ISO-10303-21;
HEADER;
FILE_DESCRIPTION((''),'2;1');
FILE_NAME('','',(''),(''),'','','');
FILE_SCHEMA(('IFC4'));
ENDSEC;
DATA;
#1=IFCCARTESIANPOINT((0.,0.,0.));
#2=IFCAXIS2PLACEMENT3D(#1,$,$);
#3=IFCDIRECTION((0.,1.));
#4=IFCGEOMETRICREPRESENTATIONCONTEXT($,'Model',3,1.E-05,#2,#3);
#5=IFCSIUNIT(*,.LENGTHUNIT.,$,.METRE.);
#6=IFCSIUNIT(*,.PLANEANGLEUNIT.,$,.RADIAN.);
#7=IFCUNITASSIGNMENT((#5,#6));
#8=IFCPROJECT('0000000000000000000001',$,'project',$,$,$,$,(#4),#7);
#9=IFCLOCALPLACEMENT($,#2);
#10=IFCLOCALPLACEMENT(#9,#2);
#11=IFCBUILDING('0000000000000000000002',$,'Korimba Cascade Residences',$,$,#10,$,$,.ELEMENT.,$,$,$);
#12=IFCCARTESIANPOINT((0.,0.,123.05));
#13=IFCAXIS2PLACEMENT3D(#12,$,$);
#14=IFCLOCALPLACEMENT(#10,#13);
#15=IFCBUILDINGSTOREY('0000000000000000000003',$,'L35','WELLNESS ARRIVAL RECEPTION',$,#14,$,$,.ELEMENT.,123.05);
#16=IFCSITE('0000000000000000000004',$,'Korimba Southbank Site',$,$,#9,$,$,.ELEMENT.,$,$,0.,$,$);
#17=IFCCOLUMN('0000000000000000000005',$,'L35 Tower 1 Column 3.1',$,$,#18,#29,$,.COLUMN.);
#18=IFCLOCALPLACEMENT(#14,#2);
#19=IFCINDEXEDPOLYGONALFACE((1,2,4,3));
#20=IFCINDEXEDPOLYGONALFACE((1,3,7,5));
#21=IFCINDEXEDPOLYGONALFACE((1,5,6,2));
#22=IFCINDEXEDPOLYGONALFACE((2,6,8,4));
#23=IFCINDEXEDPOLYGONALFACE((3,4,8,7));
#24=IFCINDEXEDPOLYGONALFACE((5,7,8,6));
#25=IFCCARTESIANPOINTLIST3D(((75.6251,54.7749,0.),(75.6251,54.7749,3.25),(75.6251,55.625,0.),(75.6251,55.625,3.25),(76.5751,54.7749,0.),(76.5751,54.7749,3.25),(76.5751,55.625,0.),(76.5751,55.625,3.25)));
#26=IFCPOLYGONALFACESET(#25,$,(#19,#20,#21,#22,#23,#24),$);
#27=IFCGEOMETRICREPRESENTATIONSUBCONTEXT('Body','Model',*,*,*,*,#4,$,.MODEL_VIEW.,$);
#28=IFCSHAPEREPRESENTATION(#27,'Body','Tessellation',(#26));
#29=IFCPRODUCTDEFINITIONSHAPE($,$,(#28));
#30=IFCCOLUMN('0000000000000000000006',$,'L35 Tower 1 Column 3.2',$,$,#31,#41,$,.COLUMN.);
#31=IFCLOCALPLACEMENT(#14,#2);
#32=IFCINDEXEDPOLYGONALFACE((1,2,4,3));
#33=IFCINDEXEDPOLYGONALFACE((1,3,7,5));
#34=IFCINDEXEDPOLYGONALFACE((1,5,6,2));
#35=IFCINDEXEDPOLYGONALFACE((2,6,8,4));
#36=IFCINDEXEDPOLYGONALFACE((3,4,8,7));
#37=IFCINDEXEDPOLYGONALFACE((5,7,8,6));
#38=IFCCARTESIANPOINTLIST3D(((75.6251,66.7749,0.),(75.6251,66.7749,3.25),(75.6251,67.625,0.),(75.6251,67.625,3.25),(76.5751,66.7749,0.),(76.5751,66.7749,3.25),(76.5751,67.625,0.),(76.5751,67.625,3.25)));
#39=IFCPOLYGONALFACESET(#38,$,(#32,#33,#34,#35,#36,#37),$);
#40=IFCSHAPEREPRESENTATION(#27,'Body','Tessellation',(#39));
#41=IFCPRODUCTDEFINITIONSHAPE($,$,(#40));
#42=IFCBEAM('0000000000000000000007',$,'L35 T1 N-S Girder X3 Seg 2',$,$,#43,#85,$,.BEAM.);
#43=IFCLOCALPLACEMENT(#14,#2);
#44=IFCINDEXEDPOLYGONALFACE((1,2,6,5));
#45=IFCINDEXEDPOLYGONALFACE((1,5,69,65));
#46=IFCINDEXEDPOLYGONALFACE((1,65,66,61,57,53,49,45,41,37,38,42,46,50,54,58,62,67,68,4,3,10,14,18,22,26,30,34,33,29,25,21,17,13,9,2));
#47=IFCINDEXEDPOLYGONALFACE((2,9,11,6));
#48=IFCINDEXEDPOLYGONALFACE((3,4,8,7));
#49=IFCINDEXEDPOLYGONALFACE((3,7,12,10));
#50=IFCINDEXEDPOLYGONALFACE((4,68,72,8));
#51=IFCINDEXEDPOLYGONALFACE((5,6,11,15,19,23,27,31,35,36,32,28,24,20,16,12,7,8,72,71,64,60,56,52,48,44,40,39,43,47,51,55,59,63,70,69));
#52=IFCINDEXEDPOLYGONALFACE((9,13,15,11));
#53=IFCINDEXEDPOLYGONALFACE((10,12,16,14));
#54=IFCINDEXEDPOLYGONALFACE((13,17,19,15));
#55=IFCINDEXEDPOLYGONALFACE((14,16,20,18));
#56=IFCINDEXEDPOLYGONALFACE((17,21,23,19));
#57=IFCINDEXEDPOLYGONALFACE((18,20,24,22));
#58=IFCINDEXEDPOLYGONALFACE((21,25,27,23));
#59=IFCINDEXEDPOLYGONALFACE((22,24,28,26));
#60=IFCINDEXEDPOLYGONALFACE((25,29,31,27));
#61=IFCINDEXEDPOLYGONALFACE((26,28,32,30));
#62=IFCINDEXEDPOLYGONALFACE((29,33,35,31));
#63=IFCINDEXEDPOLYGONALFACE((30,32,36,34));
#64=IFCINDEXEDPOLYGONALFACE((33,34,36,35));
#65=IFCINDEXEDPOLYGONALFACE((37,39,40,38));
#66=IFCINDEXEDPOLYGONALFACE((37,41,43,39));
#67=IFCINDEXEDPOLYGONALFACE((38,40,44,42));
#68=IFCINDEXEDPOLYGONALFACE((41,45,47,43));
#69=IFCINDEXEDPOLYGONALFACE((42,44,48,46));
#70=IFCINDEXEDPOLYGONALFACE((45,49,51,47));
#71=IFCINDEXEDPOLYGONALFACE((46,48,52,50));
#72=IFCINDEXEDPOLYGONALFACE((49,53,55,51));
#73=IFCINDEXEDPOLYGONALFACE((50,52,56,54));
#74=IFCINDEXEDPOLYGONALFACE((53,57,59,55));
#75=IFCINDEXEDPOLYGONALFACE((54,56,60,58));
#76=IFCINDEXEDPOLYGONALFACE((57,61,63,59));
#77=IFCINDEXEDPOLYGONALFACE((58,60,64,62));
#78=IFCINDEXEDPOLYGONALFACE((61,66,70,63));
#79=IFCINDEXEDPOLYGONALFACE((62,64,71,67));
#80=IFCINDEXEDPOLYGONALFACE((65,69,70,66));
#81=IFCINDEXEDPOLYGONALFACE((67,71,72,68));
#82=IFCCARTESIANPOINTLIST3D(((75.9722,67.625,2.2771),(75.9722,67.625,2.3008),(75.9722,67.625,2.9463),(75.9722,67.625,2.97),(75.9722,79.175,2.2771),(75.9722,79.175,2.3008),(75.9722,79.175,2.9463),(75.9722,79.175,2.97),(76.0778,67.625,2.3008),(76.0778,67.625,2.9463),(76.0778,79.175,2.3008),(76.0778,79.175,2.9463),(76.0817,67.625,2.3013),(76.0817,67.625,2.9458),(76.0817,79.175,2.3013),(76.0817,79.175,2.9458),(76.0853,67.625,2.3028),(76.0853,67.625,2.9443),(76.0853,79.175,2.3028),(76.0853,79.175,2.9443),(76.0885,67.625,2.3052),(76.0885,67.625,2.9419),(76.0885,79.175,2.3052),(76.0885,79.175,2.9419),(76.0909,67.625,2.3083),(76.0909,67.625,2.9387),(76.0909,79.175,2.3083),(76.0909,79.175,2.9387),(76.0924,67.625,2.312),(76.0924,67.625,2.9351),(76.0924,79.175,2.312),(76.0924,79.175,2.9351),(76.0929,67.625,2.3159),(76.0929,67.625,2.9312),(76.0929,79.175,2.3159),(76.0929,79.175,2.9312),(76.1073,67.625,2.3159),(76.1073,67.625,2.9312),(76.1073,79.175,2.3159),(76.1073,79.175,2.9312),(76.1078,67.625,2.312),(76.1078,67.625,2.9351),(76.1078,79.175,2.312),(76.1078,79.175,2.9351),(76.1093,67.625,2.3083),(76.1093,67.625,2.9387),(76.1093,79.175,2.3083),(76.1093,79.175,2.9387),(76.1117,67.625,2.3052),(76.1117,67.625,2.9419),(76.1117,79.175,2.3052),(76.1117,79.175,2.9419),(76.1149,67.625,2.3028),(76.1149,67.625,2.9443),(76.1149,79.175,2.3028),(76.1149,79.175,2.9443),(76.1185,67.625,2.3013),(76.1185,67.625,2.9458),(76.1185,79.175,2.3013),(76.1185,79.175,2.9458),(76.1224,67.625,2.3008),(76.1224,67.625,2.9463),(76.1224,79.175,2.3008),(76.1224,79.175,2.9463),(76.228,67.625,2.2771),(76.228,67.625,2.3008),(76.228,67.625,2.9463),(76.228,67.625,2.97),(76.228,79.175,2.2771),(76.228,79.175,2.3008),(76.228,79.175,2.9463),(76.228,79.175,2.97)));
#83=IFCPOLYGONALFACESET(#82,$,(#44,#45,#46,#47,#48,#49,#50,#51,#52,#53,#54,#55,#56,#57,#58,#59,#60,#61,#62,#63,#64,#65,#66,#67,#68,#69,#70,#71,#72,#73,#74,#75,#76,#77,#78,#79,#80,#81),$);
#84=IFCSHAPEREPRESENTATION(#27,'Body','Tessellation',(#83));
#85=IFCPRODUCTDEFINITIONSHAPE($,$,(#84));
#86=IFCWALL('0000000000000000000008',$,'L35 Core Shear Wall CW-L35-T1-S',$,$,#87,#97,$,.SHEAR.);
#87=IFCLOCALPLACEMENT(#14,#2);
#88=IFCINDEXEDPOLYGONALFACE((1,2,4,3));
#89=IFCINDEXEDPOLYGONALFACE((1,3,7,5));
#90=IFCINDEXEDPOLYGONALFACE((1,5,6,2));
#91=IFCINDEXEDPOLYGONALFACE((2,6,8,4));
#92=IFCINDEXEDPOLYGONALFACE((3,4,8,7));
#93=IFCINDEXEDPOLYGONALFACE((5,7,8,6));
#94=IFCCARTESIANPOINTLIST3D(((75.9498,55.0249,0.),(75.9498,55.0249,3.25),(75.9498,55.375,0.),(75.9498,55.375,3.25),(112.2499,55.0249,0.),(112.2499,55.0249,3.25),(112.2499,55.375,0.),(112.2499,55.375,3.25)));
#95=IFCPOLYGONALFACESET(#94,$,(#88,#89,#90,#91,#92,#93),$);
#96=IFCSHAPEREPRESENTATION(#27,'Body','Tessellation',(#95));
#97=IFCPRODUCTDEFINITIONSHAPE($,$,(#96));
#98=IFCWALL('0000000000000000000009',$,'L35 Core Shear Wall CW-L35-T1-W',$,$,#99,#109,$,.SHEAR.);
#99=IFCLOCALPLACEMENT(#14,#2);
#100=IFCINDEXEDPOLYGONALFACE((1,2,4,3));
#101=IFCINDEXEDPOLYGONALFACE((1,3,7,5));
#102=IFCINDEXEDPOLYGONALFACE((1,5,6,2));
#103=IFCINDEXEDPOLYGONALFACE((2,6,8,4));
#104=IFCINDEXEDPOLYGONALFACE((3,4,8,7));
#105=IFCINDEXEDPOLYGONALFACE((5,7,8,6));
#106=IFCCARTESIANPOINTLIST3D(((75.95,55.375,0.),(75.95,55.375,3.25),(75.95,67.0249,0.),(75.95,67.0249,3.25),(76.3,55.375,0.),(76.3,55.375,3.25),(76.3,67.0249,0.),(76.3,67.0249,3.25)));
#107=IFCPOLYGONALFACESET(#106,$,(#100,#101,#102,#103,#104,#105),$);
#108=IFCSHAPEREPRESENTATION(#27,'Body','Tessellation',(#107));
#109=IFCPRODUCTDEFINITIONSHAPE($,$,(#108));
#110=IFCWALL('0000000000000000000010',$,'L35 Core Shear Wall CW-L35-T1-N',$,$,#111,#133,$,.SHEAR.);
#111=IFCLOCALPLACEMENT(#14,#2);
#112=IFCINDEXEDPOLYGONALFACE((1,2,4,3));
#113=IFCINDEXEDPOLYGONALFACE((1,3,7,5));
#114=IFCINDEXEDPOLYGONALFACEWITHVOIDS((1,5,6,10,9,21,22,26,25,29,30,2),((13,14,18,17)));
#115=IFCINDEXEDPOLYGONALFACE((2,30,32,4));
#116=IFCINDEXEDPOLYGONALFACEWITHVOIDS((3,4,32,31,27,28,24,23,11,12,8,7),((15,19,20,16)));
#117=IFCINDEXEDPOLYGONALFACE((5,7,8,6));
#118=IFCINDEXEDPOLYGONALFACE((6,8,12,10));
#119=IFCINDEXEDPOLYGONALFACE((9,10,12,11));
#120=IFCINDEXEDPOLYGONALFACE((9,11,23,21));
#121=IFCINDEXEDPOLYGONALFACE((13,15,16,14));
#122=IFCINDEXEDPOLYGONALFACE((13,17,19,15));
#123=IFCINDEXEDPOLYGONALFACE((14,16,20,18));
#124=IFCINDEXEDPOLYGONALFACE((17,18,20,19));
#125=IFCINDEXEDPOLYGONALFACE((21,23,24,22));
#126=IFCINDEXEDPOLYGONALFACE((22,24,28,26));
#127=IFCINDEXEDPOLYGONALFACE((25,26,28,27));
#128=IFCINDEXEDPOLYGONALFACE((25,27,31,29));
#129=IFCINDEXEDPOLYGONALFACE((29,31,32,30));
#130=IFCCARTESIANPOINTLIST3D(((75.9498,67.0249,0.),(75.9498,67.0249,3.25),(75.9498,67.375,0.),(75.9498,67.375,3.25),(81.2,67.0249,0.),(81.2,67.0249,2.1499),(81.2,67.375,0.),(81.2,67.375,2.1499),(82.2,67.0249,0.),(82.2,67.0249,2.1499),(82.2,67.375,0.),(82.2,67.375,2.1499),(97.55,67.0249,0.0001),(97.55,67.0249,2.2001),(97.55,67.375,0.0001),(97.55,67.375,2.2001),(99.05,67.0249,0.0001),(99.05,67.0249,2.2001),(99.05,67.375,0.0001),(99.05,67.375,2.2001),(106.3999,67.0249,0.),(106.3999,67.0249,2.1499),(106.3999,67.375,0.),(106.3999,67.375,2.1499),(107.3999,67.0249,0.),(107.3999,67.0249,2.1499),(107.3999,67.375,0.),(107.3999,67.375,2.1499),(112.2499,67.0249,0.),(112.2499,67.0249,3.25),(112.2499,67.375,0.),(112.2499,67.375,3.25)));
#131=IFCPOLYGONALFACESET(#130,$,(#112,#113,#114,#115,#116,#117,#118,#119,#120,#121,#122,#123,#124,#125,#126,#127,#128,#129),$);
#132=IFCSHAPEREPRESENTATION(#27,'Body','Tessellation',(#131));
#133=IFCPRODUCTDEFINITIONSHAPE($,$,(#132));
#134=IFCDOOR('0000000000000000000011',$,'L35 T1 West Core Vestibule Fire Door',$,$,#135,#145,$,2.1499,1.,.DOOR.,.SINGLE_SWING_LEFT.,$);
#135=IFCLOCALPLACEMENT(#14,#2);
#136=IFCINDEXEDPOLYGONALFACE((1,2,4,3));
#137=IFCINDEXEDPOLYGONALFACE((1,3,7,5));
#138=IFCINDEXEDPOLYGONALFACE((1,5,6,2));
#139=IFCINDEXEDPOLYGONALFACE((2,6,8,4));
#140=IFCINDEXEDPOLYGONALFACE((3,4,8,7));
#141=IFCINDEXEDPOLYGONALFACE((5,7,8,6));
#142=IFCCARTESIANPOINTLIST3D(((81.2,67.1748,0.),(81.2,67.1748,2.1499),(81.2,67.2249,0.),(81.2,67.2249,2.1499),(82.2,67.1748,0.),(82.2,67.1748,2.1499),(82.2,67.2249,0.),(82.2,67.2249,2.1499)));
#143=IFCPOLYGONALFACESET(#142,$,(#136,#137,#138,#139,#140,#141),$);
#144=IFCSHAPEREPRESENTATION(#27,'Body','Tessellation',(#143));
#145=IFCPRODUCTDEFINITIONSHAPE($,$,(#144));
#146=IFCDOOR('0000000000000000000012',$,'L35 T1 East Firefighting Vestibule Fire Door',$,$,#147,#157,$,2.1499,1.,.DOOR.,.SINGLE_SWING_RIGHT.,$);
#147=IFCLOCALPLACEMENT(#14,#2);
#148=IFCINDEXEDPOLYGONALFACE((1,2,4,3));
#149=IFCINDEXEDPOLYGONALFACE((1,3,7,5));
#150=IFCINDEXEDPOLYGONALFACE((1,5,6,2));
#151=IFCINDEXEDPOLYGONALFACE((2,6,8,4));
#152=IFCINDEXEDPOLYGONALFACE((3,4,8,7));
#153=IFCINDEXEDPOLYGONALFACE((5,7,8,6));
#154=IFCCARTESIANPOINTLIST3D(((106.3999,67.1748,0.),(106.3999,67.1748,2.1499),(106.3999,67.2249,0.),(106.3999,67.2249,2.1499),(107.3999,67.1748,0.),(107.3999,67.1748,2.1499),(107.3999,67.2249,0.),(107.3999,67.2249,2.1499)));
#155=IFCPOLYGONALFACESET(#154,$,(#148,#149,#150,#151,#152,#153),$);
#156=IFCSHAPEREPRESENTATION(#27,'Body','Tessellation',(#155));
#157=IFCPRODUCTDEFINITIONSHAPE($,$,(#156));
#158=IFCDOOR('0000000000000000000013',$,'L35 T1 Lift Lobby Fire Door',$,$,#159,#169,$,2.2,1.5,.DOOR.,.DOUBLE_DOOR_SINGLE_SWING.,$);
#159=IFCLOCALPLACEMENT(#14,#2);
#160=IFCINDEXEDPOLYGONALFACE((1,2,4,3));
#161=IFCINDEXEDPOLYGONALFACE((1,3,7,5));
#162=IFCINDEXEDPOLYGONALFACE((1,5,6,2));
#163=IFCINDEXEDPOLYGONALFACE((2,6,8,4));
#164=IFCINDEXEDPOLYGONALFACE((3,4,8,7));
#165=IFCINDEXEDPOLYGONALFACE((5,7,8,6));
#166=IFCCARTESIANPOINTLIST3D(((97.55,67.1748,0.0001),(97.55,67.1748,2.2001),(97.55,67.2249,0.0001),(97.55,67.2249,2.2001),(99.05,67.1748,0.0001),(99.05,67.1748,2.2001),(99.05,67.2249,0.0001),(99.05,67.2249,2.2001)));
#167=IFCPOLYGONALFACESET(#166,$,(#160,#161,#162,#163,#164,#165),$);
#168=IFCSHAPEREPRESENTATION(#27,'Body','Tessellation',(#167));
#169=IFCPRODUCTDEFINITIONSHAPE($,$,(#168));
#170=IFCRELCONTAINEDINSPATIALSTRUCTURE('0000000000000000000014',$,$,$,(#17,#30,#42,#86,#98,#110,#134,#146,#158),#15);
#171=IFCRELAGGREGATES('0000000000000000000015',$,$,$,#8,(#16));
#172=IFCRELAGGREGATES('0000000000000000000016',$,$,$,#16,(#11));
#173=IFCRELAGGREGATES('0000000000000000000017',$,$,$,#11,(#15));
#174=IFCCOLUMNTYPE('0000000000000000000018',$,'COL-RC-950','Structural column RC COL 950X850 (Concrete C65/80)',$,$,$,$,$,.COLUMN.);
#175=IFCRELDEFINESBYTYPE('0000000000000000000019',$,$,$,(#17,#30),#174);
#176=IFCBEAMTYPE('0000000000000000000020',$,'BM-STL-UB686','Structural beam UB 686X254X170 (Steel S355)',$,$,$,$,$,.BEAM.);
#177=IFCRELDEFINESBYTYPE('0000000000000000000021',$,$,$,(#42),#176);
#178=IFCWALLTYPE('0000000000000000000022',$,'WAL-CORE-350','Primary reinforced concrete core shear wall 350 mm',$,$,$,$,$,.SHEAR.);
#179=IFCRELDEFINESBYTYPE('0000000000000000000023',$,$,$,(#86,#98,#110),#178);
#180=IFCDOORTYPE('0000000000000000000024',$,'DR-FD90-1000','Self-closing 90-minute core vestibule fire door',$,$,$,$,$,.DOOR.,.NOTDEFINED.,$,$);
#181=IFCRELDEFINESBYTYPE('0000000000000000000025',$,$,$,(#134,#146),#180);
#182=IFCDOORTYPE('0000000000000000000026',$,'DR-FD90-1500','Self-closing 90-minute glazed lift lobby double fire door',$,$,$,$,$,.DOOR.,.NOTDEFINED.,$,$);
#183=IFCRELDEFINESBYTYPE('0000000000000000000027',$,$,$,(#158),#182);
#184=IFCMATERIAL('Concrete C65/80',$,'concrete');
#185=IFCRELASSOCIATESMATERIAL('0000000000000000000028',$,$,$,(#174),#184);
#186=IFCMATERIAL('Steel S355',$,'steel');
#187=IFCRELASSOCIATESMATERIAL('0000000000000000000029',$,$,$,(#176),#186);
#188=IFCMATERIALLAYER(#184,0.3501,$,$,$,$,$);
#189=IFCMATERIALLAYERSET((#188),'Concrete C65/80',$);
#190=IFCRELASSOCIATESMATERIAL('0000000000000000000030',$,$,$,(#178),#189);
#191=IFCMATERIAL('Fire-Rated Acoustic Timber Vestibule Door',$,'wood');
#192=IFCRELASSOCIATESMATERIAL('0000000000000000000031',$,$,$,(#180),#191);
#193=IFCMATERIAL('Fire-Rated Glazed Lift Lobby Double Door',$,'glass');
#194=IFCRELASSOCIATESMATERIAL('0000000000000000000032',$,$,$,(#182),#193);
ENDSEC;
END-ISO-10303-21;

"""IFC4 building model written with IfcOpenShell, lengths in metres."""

from ifc_helpers import new_model, si_unit, direction, frame, frame_2d, origin, origin_2d, place, context, subcontext, project, spatial, rectangle, i_section, extrude, material, layer, layer_set, material_profile, profile_set, type_object, element, fill, save


model = new_model("IFC4")

# Units and contexts
model_context = context("Model", 3, precision=1e-05, world=origin(), true_north=direction((0.0, 1.0)))
body_context = subcontext(model_context, "Body", "Model", "MODEL_VIEW")
ifc_project = project(units=[si_unit("LENGTHUNIT", "METRE"), si_unit("PLANEANGLEUNIT", "RADIAN")], contexts=[model_context])

# Site, building, storey
site_placement = place(None, origin())
site = spatial("IfcSite", under=ifc_project, at=site_placement, Name="Korimba Southbank Site", CompositionType="ELEMENT", RefElevation=0.0)
building_placement = place(site_placement, origin())
building = spatial("IfcBuilding", under=site, at=building_placement, Name="Korimba Cascade Residences", CompositionType="ELEMENT")
storey_placement = place(building_placement, frame((0.0, 0.0, 123.05)))
storey = spatial("IfcBuildingStorey", under=building, at=storey_placement, Name="L35", Description="WELLNESS ARRIVAL RECEPTION", CompositionType="ELEMENT", Elevation=123.05)

# Columns
ifc_material_1 = material(Name="Concrete C65/80", Category="concrete")
ifc_material_profile_1 = material_profile(ifc_material_1, rectangle(XDim=0.95, YDim=0.8501, at=origin_2d()), Name="Concrete C65/80")
ifc_profile_set_1 = profile_set([ifc_material_profile_1], Name="Concrete C65/80")
column_type = type_object("IfcColumnType", Name="COL-RC-950", Description="Structural column RC COL 950X850 (Concrete C65/80)", PredefinedType="COLUMN", material=ifc_profile_set_1)
for number, where, z_axis, x_axis, name in (
    (1, (76.1001, 55.2, 0.0), (0.0, 0.0, 1.0), (1.0, 0.0, 0.0), "L35 Tower 1 Column 3.1"),
    (2, (76.1001, 67.2, 0.0), (0.0, 0.0, 1.0), (1.0, 0.0, 0.0), "L35 Tower 1 Column 3.2"),
):
    element("IfcColumn", number, at=place(storey_placement, frame(where, z_axis=z_axis, x_axis=x_axis)), inside=storey, type_object=column_type, Name=name, PredefinedType="COLUMN", context=body_context, shape_type="SweptSolid", body=[
        extrude(rectangle(XDim=0.95, YDim=0.8501, at=origin_2d()), origin(), (0.0, 0.0, 1.0), 3.25),
    ])

# Beam
ifc_material_2 = material(Name="Steel S355", Category="steel")
ifc_material_profile_2 = material_profile(ifc_material_2, i_section(OverallWidth=0.2559, OverallDepth=0.6929, WebThickness=0.0144, FlangeThickness=0.0237, FilletRadius=0.0151, at=origin_2d()), Name="Steel S355")
ifc_profile_set_2 = profile_set([ifc_material_profile_2], Name="Steel S355")
beam_type = type_object("IfcBeamType", Name="BM-STL-UB686", Description="Structural beam UB 686X254X170 (Steel S355)", PredefinedType="BEAM", material=ifc_profile_set_2)
beam_placement = place(storey_placement, frame((76.1001, 67.625, 2.6235), z_axis=(0.0, 1.0, 0.0), x_axis=(-1.0, 0.0, 0.0)))
element("IfcBeam", 3, at=beam_placement, inside=storey, type_object=beam_type, Name="L35 T1 N-S Girder X3 Seg 2", PredefinedType="BEAM", context=body_context, shape_type="SweptSolid", body=[
    extrude(i_section(OverallWidth=0.2559, OverallDepth=0.6929, WebThickness=0.0144, FlangeThickness=0.0237, FilletRadius=0.0151, at=origin_2d()), origin(), (0.0, 0.0, 1.0), 11.55),
])

# Walls
ifc_layer_1 = layer(ifc_material_1, 0.3501)
ifc_layer_set_1 = layer_set([ifc_layer_1], Name="Concrete C65/80")
wall_type_1 = type_object("IfcWallType", Name="WAL-CORE-350", Description="Primary reinforced concrete core shear wall 350 mm", PredefinedType="SHEAR", material=ifc_layer_set_1)
wall_1_placement = place(storey_placement, frame((75.95, 55.2, 0.0), z_axis=(0.0, 0.0, 1.0), x_axis=(1.0, 0.0, 0.0)))
element("IfcWall", 4, at=wall_1_placement, inside=storey, type_object=wall_type_1, Name="L35 Core Shear Wall CW-L35-T1-S", PredefinedType="SHEAR", context=body_context, shape_type="SweptSolid", body=[
    extrude(rectangle(XDim=36.3, YDim=0.3501, at=frame_2d((18.1499, 0.0))), origin(), (0.0, 0.0, 1.0), 3.25),
])
wall_2_placement = place(storey_placement, frame((76.125, 55.375, 0.0), z_axis=(0.0, 0.0, 1.0), x_axis=(0.0, 1.0, 0.0)))
element("IfcWall", 5, at=wall_2_placement, inside=storey, type_object=wall_type_1, Name="L35 Core Shear Wall CW-L35-T1-W", PredefinedType="SHEAR", context=body_context, shape_type="SweptSolid", body=[
    extrude(rectangle(XDim=11.6499, YDim=0.3501, at=frame_2d((5.825, 0.0))), origin(), (0.0, 0.0, 1.0), 3.25),
])

# Wall, openings, doors
wall_3_placement = place(storey_placement, frame((75.95, 67.2, 0.0), z_axis=(0.0, 0.0, 1.0), x_axis=(1.0, 0.0, 0.0)))
wall_3 = element("IfcWall", 6, at=wall_3_placement, inside=storey, type_object=wall_type_1, Name="L35 Core Shear Wall CW-L35-T1-N", PredefinedType="SHEAR", context=body_context, shape_type="SweptSolid", body=[
    extrude(rectangle(XDim=36.3, YDim=0.3501, at=frame_2d((18.1499, 0.0))), origin(), (0.0, 0.0, 1.0), 3.25),
])
opening_1_placement = place(wall_3_placement, frame((5.25, 0.0, 0.0)))
opening_1 = element("IfcOpeningElement", 7, at=opening_1_placement, cuts=wall_3, PredefinedType="OPENING", context=body_context, shape_type="SweptSolid", body=[
    extrude(rectangle(XDim=1.0, YDim=2.1499, at=frame_2d((0.5, 1.075))), frame((0.0, 0.1851, 0.0), z_axis=(0.0, -1.0, 0.0), x_axis=(1.0, 0.0, 0.0)), (0.0, 0.0, 1.0), 0.3701),
])
opening_2_placement = place(wall_3_placement, frame((21.6001, 0.0, 0.0)))
opening_2 = element("IfcOpeningElement", 8, at=opening_2_placement, cuts=wall_3, PredefinedType="OPENING", context=body_context, shape_type="SweptSolid", body=[
    extrude(rectangle(XDim=1.5, YDim=2.2, at=frame_2d((0.75, 1.1001))), frame((0.0, 0.1851, 0.0), z_axis=(0.0, -1.0, 0.0), x_axis=(1.0, 0.0, 0.0)), (0.0, 0.0, 1.0), 0.3701),
])
opening_3_placement = place(wall_3_placement, frame((30.45, 0.0, 0.0)))
opening_3 = element("IfcOpeningElement", 9, at=opening_3_placement, cuts=wall_3, PredefinedType="OPENING", context=body_context, shape_type="SweptSolid", body=[
    extrude(rectangle(XDim=1.0, YDim=2.1499, at=frame_2d((0.5, 1.075))), frame((0.0, 0.1851, 0.0), z_axis=(0.0, -1.0, 0.0), x_axis=(1.0, 0.0, 0.0)), (0.0, 0.0, 1.0), 0.3701),
])
ifc_material_3 = material(Name="Fire-Rated Acoustic Timber Vestibule Door", Category="wood")
door_type_1 = type_object("IfcDoorType", Name="DR-FD90-1000", Description="Self-closing 90-minute core vestibule fire door", OperationType="NOTDEFINED", PredefinedType="DOOR", material=ifc_material_3)
door_1_placement = place(opening_1_placement, origin())
door_1 = element("IfcDoor", 10, at=door_1_placement, inside=storey, type_object=door_type_1, Name="L35 T1 West Core Vestibule Fire Door", OperationType="SINGLE_SWING_LEFT", OverallHeight=2.1499, OverallWidth=1.0, PredefinedType="DOOR", context=body_context, shape_type="SweptSolid", body=[
    extrude(rectangle(XDim=1.0, YDim=2.1499, at=frame_2d((0.5, 1.075))), frame((0.0, 0.0249, 0.0), z_axis=(0.0, -1.0, 0.0), x_axis=(1.0, 0.0, 0.0)), (0.0, 0.0, 1.0), 0.05),
])
fill(opening_1, door_1)
door_2_placement = place(opening_3_placement, origin())
door_2 = element("IfcDoor", 11, at=door_2_placement, inside=storey, type_object=door_type_1, Name="L35 T1 East Firefighting Vestibule Fire Door", OperationType="SINGLE_SWING_RIGHT", OverallHeight=2.1499, OverallWidth=1.0, PredefinedType="DOOR", context=body_context, shape_type="SweptSolid", body=[
    extrude(rectangle(XDim=1.0, YDim=2.1499, at=frame_2d((0.5, 1.075))), frame((0.0, 0.0249, 0.0), z_axis=(0.0, -1.0, 0.0), x_axis=(1.0, 0.0, 0.0)), (0.0, 0.0, 1.0), 0.05),
])
fill(opening_3, door_2)
ifc_material_4 = material(Name="Fire-Rated Glazed Lift Lobby Double Door", Category="glass")
door_type_2 = type_object("IfcDoorType", Name="DR-FD90-1500", Description="Self-closing 90-minute glazed lift lobby double fire door", OperationType="NOTDEFINED", PredefinedType="DOOR", material=ifc_material_4)
door_3_placement = place(opening_2_placement, origin())
door_3 = element("IfcDoor", 12, at=door_3_placement, inside=storey, type_object=door_type_2, Name="L35 T1 Lift Lobby Fire Door", OperationType="DOUBLE_DOOR_SINGLE_SWING", OverallHeight=2.2, OverallWidth=1.5, PredefinedType="DOOR", context=body_context, shape_type="SweptSolid", body=[
    extrude(rectangle(XDim=1.5, YDim=2.2, at=frame_2d((0.75, 1.1001))), frame((0.0, 0.0249, 0.0), z_axis=(0.0, -1.0, 0.0), x_axis=(1.0, 0.0, 0.0)), (0.0, 0.0, 1.0), 0.05),
])
fill(opening_2, door_3)

save(model, "model.ifc")
